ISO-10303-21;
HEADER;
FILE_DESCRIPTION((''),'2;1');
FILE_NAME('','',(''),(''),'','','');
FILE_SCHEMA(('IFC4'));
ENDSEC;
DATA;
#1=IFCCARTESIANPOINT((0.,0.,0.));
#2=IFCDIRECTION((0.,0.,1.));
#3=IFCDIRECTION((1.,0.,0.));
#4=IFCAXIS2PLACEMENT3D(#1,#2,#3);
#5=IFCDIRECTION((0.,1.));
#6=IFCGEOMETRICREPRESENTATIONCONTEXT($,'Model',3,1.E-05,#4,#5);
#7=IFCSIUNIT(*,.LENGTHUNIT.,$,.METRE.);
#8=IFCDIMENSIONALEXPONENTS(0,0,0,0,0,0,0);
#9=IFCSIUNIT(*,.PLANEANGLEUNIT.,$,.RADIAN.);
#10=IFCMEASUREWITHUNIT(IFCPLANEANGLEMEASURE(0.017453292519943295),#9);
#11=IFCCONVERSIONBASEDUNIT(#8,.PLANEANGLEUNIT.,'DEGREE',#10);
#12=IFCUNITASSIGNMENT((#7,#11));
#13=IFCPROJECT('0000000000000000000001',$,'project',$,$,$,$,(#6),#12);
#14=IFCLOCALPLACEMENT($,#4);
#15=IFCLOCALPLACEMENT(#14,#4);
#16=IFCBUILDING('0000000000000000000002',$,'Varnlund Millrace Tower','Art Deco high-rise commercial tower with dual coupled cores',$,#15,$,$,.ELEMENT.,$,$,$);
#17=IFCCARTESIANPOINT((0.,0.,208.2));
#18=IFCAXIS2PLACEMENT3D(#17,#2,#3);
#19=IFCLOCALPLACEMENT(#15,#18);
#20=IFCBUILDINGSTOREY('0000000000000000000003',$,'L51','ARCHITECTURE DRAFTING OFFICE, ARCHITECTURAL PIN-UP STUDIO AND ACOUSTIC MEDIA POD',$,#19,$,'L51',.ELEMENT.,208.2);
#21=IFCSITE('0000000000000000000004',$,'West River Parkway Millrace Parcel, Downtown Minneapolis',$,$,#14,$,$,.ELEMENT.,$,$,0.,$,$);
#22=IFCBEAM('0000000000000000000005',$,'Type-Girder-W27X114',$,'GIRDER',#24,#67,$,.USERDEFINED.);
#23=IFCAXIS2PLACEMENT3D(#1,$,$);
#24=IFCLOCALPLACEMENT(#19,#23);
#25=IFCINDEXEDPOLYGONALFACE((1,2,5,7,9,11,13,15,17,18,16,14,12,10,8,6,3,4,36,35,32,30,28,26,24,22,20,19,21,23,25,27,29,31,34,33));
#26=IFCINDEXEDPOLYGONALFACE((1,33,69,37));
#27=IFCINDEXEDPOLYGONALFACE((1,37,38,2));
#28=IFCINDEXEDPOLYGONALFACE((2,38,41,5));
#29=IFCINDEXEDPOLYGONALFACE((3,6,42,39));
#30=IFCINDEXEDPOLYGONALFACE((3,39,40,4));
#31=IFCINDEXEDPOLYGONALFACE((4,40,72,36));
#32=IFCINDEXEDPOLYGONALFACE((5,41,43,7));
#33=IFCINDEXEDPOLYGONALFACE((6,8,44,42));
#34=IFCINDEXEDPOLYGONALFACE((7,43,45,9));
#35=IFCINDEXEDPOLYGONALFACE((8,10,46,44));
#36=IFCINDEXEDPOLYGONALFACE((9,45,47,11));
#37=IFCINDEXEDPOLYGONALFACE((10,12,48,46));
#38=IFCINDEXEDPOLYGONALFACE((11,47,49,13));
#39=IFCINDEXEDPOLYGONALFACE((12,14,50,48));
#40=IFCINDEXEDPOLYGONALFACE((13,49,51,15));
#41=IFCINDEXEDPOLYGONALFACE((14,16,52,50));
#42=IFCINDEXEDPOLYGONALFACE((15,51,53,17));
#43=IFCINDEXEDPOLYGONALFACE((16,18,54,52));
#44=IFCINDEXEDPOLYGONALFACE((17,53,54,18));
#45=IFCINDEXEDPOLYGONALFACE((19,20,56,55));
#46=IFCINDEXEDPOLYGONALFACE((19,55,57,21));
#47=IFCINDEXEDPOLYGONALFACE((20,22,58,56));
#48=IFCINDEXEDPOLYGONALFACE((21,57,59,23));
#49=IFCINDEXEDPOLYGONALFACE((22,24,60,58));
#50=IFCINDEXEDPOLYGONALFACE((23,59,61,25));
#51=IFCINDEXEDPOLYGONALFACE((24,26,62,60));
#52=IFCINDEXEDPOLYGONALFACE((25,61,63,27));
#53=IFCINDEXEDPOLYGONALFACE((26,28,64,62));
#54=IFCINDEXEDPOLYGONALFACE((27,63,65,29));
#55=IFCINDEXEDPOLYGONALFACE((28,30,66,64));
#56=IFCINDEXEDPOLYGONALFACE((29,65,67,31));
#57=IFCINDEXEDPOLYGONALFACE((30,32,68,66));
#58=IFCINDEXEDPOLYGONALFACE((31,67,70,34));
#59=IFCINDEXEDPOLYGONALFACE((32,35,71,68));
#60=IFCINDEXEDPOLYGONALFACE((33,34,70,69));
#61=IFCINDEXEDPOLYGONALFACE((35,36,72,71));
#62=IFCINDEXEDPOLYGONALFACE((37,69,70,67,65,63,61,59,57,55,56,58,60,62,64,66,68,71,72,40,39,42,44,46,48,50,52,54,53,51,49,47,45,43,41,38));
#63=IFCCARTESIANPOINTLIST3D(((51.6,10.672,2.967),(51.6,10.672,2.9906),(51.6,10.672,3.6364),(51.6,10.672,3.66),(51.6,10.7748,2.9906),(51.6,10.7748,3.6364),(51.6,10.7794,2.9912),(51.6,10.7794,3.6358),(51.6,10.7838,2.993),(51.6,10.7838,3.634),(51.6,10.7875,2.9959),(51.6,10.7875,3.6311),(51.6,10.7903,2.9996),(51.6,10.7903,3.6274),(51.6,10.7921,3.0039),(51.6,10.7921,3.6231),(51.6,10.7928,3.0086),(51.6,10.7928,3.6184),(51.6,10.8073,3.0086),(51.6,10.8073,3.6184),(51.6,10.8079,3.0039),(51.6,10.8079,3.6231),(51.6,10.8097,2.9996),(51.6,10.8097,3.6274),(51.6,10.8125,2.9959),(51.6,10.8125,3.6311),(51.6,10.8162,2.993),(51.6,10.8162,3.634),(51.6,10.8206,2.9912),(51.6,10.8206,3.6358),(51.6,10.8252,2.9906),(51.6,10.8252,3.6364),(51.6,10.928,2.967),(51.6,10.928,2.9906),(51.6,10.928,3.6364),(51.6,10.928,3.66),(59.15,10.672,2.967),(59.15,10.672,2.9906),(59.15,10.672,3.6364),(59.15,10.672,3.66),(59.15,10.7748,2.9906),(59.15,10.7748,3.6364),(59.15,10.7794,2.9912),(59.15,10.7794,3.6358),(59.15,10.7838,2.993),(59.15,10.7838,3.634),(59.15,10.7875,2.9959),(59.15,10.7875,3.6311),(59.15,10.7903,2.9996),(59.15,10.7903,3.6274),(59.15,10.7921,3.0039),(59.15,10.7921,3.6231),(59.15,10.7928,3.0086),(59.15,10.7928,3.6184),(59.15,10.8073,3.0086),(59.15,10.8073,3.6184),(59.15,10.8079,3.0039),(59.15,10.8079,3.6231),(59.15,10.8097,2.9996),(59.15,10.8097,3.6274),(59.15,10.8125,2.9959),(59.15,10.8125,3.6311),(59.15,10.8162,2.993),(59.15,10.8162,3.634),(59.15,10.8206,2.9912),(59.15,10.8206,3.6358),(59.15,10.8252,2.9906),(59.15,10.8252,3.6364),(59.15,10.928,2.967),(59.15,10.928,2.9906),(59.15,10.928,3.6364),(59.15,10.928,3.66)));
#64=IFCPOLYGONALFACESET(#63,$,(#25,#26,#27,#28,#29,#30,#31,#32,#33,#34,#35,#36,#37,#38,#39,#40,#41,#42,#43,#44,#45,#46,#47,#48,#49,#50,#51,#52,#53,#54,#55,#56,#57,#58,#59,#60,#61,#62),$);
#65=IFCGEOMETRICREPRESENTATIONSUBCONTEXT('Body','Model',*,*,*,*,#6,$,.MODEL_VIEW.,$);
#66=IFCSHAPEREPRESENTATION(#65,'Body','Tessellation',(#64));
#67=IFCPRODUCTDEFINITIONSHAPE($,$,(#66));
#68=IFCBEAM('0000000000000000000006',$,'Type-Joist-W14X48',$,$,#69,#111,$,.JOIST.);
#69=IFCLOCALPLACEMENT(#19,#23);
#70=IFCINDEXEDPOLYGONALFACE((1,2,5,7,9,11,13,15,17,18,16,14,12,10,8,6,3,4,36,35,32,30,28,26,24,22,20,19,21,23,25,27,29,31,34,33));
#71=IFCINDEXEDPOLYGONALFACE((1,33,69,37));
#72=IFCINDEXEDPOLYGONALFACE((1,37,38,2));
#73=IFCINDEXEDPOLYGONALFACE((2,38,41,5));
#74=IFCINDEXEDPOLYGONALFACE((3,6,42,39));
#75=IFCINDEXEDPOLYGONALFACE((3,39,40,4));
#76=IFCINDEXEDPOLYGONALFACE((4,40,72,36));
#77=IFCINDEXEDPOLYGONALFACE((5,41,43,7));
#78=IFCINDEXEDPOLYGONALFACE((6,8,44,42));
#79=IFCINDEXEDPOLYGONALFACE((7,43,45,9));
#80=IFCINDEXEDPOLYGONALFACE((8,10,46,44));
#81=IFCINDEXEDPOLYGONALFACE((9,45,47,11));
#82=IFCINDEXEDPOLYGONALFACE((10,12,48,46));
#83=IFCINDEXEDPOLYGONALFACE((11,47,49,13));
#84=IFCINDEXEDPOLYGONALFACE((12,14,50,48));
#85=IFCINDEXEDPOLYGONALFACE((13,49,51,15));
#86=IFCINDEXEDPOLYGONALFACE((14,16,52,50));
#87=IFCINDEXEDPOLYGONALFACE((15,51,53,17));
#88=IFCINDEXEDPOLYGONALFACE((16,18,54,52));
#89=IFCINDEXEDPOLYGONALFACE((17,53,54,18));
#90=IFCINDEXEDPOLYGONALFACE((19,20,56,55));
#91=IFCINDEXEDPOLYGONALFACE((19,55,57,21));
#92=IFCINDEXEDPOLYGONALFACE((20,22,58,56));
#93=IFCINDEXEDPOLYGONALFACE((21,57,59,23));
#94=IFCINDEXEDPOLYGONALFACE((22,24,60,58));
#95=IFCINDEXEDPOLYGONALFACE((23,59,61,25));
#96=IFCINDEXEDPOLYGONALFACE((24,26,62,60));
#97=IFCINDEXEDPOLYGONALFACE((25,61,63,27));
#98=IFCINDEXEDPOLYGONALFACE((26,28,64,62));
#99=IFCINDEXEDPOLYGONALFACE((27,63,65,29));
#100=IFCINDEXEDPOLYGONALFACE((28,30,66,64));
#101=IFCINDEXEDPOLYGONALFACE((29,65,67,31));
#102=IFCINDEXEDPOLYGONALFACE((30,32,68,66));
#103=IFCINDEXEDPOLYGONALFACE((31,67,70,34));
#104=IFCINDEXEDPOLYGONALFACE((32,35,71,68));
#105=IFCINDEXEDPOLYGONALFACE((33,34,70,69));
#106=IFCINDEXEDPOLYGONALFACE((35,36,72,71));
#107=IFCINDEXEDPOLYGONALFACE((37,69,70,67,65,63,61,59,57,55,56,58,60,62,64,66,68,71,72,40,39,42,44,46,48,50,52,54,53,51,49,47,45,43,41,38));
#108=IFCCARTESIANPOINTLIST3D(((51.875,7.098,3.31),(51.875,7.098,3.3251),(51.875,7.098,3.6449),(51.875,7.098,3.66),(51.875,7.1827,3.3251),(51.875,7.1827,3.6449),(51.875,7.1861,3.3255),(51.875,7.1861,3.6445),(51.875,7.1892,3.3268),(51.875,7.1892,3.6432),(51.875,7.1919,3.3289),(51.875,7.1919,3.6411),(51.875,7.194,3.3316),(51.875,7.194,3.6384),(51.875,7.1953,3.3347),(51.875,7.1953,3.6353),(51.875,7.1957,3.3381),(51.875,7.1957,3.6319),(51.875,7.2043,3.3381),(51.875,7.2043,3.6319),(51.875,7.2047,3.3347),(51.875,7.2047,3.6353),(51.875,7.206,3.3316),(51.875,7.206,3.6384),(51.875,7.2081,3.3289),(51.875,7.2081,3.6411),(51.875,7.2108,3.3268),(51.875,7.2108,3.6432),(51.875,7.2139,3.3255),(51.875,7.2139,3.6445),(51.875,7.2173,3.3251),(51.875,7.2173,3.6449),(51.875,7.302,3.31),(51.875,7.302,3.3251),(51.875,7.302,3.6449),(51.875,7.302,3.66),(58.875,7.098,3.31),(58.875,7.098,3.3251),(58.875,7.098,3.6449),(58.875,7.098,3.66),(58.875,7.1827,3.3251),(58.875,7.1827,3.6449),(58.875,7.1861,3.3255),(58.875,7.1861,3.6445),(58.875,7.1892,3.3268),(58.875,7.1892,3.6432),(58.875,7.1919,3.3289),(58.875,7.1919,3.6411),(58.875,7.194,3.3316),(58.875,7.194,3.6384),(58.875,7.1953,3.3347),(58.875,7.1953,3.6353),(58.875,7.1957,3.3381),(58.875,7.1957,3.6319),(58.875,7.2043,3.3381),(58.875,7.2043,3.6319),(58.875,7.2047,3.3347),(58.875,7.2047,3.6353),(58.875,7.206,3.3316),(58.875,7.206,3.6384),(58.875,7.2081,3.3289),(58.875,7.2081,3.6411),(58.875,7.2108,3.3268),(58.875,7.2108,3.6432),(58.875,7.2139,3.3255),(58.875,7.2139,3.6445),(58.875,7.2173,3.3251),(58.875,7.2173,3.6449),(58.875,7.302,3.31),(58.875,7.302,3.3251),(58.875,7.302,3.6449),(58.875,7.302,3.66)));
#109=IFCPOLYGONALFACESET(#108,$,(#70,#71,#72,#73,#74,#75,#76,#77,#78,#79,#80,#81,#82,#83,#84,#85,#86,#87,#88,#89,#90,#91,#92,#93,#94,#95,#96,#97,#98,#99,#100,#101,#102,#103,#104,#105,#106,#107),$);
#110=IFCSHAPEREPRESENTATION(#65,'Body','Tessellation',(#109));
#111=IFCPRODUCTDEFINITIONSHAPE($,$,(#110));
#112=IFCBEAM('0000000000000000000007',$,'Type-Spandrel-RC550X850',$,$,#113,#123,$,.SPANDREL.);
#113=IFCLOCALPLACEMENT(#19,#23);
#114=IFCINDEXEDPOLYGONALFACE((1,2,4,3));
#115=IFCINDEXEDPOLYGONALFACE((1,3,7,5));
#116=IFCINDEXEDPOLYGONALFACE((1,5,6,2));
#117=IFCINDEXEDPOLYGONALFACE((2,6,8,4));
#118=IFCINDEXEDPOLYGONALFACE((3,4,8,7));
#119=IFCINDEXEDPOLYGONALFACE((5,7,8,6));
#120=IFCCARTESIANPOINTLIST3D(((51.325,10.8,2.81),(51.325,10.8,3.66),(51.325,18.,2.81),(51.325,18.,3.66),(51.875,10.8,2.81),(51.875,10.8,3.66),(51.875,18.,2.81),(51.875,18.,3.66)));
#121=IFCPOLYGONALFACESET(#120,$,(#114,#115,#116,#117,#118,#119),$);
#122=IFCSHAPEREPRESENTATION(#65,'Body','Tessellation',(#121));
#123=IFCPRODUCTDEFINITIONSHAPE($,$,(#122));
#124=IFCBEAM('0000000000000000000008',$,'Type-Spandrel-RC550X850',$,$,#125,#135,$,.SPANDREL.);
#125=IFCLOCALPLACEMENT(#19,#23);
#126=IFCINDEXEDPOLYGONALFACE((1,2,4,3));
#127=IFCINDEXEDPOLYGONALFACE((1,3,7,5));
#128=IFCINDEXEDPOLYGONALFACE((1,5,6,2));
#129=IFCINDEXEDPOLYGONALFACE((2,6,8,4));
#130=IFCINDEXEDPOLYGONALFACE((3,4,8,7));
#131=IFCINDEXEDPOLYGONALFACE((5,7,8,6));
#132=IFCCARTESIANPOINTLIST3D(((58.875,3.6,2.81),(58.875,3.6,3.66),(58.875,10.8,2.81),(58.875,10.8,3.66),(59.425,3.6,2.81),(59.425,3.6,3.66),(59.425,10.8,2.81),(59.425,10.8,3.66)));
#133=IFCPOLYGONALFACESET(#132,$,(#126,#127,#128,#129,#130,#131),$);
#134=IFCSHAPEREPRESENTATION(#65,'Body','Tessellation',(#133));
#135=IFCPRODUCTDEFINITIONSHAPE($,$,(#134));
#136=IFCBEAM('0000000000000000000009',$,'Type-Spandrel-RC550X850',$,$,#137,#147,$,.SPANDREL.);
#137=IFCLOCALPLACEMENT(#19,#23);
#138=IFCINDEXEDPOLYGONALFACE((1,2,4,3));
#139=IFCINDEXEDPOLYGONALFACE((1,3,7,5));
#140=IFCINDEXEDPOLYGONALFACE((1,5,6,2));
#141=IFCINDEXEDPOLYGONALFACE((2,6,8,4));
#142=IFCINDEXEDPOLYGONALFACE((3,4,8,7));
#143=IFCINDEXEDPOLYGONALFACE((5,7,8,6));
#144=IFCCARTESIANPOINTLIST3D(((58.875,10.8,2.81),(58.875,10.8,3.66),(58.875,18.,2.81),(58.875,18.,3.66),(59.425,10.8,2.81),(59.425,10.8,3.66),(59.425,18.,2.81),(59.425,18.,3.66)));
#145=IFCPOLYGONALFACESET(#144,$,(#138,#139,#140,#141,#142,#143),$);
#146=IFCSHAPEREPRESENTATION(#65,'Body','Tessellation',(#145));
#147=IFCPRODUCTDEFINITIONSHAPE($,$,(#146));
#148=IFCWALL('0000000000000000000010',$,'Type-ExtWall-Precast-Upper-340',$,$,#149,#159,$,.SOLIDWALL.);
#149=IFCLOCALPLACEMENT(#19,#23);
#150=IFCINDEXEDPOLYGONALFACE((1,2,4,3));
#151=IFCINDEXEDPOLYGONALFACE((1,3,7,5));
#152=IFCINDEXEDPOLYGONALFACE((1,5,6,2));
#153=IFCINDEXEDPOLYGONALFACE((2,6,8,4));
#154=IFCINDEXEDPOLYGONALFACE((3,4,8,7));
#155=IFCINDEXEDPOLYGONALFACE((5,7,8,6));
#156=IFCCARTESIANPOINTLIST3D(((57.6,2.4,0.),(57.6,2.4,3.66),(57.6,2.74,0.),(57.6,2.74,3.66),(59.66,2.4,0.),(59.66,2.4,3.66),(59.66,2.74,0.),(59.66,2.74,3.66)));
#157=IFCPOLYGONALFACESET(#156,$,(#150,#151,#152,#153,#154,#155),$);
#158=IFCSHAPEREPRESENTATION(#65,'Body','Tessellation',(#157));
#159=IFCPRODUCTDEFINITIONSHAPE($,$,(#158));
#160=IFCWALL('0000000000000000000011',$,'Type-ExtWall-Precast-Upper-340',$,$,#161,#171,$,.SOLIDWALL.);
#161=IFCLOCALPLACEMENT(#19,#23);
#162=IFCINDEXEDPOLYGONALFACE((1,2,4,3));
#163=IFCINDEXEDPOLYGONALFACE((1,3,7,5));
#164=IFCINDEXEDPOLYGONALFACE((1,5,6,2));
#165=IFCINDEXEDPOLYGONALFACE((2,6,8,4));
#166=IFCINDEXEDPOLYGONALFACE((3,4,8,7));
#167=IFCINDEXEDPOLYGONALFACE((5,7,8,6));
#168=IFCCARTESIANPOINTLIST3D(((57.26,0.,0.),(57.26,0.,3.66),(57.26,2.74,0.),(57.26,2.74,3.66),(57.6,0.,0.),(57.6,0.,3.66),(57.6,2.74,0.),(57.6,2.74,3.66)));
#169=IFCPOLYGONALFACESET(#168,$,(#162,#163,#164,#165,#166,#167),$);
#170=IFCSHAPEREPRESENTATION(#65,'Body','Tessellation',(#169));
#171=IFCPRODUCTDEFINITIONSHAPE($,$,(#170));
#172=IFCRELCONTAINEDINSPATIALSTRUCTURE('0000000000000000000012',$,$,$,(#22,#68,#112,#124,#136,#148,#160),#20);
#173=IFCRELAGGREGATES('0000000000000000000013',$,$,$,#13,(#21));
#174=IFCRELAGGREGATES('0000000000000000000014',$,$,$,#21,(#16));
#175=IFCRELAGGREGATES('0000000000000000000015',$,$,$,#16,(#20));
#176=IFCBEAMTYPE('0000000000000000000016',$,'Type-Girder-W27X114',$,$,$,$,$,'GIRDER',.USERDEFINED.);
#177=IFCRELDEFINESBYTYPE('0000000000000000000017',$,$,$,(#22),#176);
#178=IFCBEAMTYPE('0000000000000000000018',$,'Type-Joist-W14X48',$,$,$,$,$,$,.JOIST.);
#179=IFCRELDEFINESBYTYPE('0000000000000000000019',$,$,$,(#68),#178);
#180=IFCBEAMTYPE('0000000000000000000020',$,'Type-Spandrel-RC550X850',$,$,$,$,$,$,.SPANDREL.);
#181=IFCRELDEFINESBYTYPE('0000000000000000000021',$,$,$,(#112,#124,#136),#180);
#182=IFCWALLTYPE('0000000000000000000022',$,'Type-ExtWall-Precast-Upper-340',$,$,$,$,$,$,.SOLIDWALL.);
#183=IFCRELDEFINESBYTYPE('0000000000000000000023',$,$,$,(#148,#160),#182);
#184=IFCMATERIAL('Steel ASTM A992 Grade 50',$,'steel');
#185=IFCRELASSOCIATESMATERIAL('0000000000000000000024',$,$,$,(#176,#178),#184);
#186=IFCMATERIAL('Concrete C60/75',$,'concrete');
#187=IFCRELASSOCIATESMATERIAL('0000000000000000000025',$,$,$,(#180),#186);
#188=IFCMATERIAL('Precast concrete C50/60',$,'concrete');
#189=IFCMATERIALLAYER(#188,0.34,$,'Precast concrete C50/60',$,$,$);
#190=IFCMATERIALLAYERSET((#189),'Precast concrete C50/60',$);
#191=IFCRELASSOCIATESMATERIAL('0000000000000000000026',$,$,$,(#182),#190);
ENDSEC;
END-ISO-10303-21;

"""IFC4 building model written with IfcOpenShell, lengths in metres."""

from ifc_helpers import new_model, entity, si_unit, converted_unit, direction, frame, origin_with_axes, origin_2d_with_axis, place, context, subcontext, project, spatial, polyline, rectangle, i_section, outline, extrude, material, layer, layer_set, material_profile, profile_set, type_object, element, save


model = new_model("IFC4")

# Units and contexts
model_context = context("Model", 3, precision=1e-05, world=origin_with_axes(), true_north=direction((0.0, 1.0)))
body_context = subcontext(model_context, "Body", "Model", "MODEL_VIEW")
ifc_project = project(units=[si_unit("LENGTHUNIT", "METRE"), converted_unit("PLANEANGLEUNIT", "DEGREE", entity("IfcPlaneAngleMeasure", 0.017453292519943295), si_unit("PLANEANGLEUNIT", "RADIAN"), dimensions=[0, 0, 0, 0, 0, 0, 0])], contexts=[model_context])

# Site, building, storey
site_placement = place(None, origin_with_axes())
site = spatial("IfcSite", under=ifc_project, at=site_placement, Name="West River Parkway Millrace Parcel, Downtown Minneapolis", CompositionType="ELEMENT", RefElevation=0.0)
building_placement = place(site_placement, origin_with_axes())
building = spatial("IfcBuilding", under=site, at=building_placement, Name="Varnlund Millrace Tower", Description="Art Deco high-rise commercial tower with dual coupled cores", CompositionType="ELEMENT")
storey_placement = place(building_placement, frame((0.0, 0.0, 208.2), z_axis=(0.0, 0.0, 1.0), x_axis=(1.0, 0.0, 0.0)))
storey = spatial("IfcBuildingStorey", under=building, at=storey_placement, Name="L51", Description="ARCHITECTURE DRAFTING OFFICE, ARCHITECTURAL PIN-UP STUDIO AND ACOUSTIC MEDIA POD", LongName="L51", CompositionType="ELEMENT", Elevation=208.2)

# Beams
ifc_material_1 = material(Name="Steel ASTM A992 Grade 50", Category="steel")
ifc_material_profile_1 = material_profile(ifc_material_1, i_section(OverallWidth=0.256, OverallDepth=0.693, WebThickness=0.0145, FlangeThickness=0.0236, FilletRadius=0.018, at=origin_2d_with_axis()), Name="Steel ASTM A992 Grade 50")
ifc_profile_set_1 = profile_set([ifc_material_profile_1], Name="Steel ASTM A992 Grade 50")
beam_type_1 = type_object("IfcBeamType", Name="Type-Girder-W27X114", ElementType="GIRDER", PredefinedType="USERDEFINED", material=ifc_profile_set_1)
beam_1_placement = place(storey_placement, frame((51.6, 10.8, 3.3135), z_axis=(1.0, 0.0, 0.0), x_axis=(0.0, 1.0, 0.0)))
element("IfcBeam", 1, at=beam_1_placement, inside=storey, type_object=beam_type_1, Name="Type-Girder-W27X114", ObjectType="GIRDER", PredefinedType="USERDEFINED", context=body_context, shape_type="SweptSolid", body=[
    extrude(i_section(OverallWidth=0.256, OverallDepth=0.693, WebThickness=0.0145, FlangeThickness=0.0236, FilletRadius=0.018, at=origin_2d_with_axis()), origin_with_axes(), (0.0, 0.0, 1.0), 7.55),
])
ifc_material_profile_2 = material_profile(ifc_material_1, i_section(OverallWidth=0.204, OverallDepth=0.35, WebThickness=0.0086, FlangeThickness=0.0151, FilletRadius=0.013, at=origin_2d_with_axis()), Name="Steel ASTM A992 Grade 50")
ifc_profile_set_2 = profile_set([ifc_material_profile_2], Name="Steel ASTM A992 Grade 50")
beam_type_2 = type_object("IfcBeamType", Name="Type-Joist-W14X48", PredefinedType="JOIST", material=ifc_profile_set_2)
beam_2_placement = place(storey_placement, frame((51.875, 7.2, 3.485), z_axis=(1.0, 0.0, 0.0), x_axis=(0.0, 1.0, 0.0)))
element("IfcBeam", 2, at=beam_2_placement, inside=storey, type_object=beam_type_2, Name="Type-Joist-W14X48", PredefinedType="JOIST", context=body_context, shape_type="SweptSolid", body=[
    extrude(i_section(OverallWidth=0.204, OverallDepth=0.35, WebThickness=0.0086, FlangeThickness=0.0151, FilletRadius=0.013, at=origin_2d_with_axis()), origin_with_axes(), (0.0, 0.0, 1.0), 7.0),
])
ifc_material_2 = material(Name="Concrete C60/75", Category="concrete")
ifc_material_profile_3 = material_profile(ifc_material_2, rectangle(XDim=0.55, YDim=0.85, at=origin_2d_with_axis()), Name="Concrete C60/75")
ifc_profile_set_3 = profile_set([ifc_material_profile_3], Name="Concrete C60/75")
beam_type_3 = type_object("IfcBeamType", Name="Type-Spandrel-RC550X850", PredefinedType="SPANDREL", material=ifc_profile_set_3)
for number, where, z_axis, x_axis, name in (
    (3, (51.6, 10.8, 3.235), (0.0, 1.0, 0.0), (-1.0, 0.0, 0.0), "Type-Spandrel-RC550X850"),
    (4, (59.15, 3.6, 3.235), (0.0, 1.0, 0.0), (-1.0, 0.0, 0.0), "Type-Spandrel-RC550X850"),
    (5, (59.15, 10.8, 3.235), (0.0, 1.0, 0.0), (-1.0, 0.0, 0.0), "Type-Spandrel-RC550X850"),
):
    element("IfcBeam", number, at=place(storey_placement, frame(where, z_axis=z_axis, x_axis=x_axis)), inside=storey, type_object=beam_type_3, Name=name, PredefinedType="SPANDREL", context=body_context, shape_type="SweptSolid", body=[
        extrude(rectangle(XDim=0.55, YDim=0.85, at=origin_2d_with_axis()), origin_with_axes(), (0.0, 0.0, 1.0), 7.2),
    ])

# Walls
ifc_material_3 = material(Name="Precast concrete C50/60", Category="concrete")
ifc_layer_1 = layer(ifc_material_3, 0.34, Name="Precast concrete C50/60")
ifc_layer_set_1 = layer_set([ifc_layer_1], Name="Precast concrete C50/60")
wall_type_1 = type_object("IfcWallType", Name="Type-ExtWall-Precast-Upper-340", PredefinedType="SOLIDWALL", material=ifc_layer_set_1)
wall_1_placement = place(storey_placement, frame((59.66, 2.57, 0.0), z_axis=(0.0, 0.0, 1.0), x_axis=(-1.0, 0.0, 0.0)))
element("IfcWall", 6, at=wall_1_placement, inside=storey, type_object=wall_type_1, Name="Type-ExtWall-Precast-Upper-340", PredefinedType="SOLIDWALL", context=body_context, shape_type="SweptSolid", body=[
    extrude(outline(polyline([(0.0, -0.17), (2.06, -0.17), (2.06, 0.17), (0.0, 0.17), (0.0, -0.17)])), origin_with_axes(), (0.0, 0.0, 1.0), 3.66),
])
wall_2_placement = place(storey_placement, frame((57.43, 2.74, 0.0), z_axis=(0.0, 0.0, 1.0), x_axis=(0.0, -1.0, 0.0)))
element("IfcWall", 7, at=wall_2_placement, inside=storey, type_object=wall_type_1, Name="Type-ExtWall-Precast-Upper-340", PredefinedType="SOLIDWALL", context=body_context, shape_type="SweptSolid", body=[
    extrude(outline(polyline([(0.0, -0.17), (2.74, -0.17), (2.74, 0.17), (0.0, 0.17), (0.0, -0.17)])), origin_with_axes(), (0.0, 0.0, 1.0), 3.66),
])

save(model, "model.ifc")
